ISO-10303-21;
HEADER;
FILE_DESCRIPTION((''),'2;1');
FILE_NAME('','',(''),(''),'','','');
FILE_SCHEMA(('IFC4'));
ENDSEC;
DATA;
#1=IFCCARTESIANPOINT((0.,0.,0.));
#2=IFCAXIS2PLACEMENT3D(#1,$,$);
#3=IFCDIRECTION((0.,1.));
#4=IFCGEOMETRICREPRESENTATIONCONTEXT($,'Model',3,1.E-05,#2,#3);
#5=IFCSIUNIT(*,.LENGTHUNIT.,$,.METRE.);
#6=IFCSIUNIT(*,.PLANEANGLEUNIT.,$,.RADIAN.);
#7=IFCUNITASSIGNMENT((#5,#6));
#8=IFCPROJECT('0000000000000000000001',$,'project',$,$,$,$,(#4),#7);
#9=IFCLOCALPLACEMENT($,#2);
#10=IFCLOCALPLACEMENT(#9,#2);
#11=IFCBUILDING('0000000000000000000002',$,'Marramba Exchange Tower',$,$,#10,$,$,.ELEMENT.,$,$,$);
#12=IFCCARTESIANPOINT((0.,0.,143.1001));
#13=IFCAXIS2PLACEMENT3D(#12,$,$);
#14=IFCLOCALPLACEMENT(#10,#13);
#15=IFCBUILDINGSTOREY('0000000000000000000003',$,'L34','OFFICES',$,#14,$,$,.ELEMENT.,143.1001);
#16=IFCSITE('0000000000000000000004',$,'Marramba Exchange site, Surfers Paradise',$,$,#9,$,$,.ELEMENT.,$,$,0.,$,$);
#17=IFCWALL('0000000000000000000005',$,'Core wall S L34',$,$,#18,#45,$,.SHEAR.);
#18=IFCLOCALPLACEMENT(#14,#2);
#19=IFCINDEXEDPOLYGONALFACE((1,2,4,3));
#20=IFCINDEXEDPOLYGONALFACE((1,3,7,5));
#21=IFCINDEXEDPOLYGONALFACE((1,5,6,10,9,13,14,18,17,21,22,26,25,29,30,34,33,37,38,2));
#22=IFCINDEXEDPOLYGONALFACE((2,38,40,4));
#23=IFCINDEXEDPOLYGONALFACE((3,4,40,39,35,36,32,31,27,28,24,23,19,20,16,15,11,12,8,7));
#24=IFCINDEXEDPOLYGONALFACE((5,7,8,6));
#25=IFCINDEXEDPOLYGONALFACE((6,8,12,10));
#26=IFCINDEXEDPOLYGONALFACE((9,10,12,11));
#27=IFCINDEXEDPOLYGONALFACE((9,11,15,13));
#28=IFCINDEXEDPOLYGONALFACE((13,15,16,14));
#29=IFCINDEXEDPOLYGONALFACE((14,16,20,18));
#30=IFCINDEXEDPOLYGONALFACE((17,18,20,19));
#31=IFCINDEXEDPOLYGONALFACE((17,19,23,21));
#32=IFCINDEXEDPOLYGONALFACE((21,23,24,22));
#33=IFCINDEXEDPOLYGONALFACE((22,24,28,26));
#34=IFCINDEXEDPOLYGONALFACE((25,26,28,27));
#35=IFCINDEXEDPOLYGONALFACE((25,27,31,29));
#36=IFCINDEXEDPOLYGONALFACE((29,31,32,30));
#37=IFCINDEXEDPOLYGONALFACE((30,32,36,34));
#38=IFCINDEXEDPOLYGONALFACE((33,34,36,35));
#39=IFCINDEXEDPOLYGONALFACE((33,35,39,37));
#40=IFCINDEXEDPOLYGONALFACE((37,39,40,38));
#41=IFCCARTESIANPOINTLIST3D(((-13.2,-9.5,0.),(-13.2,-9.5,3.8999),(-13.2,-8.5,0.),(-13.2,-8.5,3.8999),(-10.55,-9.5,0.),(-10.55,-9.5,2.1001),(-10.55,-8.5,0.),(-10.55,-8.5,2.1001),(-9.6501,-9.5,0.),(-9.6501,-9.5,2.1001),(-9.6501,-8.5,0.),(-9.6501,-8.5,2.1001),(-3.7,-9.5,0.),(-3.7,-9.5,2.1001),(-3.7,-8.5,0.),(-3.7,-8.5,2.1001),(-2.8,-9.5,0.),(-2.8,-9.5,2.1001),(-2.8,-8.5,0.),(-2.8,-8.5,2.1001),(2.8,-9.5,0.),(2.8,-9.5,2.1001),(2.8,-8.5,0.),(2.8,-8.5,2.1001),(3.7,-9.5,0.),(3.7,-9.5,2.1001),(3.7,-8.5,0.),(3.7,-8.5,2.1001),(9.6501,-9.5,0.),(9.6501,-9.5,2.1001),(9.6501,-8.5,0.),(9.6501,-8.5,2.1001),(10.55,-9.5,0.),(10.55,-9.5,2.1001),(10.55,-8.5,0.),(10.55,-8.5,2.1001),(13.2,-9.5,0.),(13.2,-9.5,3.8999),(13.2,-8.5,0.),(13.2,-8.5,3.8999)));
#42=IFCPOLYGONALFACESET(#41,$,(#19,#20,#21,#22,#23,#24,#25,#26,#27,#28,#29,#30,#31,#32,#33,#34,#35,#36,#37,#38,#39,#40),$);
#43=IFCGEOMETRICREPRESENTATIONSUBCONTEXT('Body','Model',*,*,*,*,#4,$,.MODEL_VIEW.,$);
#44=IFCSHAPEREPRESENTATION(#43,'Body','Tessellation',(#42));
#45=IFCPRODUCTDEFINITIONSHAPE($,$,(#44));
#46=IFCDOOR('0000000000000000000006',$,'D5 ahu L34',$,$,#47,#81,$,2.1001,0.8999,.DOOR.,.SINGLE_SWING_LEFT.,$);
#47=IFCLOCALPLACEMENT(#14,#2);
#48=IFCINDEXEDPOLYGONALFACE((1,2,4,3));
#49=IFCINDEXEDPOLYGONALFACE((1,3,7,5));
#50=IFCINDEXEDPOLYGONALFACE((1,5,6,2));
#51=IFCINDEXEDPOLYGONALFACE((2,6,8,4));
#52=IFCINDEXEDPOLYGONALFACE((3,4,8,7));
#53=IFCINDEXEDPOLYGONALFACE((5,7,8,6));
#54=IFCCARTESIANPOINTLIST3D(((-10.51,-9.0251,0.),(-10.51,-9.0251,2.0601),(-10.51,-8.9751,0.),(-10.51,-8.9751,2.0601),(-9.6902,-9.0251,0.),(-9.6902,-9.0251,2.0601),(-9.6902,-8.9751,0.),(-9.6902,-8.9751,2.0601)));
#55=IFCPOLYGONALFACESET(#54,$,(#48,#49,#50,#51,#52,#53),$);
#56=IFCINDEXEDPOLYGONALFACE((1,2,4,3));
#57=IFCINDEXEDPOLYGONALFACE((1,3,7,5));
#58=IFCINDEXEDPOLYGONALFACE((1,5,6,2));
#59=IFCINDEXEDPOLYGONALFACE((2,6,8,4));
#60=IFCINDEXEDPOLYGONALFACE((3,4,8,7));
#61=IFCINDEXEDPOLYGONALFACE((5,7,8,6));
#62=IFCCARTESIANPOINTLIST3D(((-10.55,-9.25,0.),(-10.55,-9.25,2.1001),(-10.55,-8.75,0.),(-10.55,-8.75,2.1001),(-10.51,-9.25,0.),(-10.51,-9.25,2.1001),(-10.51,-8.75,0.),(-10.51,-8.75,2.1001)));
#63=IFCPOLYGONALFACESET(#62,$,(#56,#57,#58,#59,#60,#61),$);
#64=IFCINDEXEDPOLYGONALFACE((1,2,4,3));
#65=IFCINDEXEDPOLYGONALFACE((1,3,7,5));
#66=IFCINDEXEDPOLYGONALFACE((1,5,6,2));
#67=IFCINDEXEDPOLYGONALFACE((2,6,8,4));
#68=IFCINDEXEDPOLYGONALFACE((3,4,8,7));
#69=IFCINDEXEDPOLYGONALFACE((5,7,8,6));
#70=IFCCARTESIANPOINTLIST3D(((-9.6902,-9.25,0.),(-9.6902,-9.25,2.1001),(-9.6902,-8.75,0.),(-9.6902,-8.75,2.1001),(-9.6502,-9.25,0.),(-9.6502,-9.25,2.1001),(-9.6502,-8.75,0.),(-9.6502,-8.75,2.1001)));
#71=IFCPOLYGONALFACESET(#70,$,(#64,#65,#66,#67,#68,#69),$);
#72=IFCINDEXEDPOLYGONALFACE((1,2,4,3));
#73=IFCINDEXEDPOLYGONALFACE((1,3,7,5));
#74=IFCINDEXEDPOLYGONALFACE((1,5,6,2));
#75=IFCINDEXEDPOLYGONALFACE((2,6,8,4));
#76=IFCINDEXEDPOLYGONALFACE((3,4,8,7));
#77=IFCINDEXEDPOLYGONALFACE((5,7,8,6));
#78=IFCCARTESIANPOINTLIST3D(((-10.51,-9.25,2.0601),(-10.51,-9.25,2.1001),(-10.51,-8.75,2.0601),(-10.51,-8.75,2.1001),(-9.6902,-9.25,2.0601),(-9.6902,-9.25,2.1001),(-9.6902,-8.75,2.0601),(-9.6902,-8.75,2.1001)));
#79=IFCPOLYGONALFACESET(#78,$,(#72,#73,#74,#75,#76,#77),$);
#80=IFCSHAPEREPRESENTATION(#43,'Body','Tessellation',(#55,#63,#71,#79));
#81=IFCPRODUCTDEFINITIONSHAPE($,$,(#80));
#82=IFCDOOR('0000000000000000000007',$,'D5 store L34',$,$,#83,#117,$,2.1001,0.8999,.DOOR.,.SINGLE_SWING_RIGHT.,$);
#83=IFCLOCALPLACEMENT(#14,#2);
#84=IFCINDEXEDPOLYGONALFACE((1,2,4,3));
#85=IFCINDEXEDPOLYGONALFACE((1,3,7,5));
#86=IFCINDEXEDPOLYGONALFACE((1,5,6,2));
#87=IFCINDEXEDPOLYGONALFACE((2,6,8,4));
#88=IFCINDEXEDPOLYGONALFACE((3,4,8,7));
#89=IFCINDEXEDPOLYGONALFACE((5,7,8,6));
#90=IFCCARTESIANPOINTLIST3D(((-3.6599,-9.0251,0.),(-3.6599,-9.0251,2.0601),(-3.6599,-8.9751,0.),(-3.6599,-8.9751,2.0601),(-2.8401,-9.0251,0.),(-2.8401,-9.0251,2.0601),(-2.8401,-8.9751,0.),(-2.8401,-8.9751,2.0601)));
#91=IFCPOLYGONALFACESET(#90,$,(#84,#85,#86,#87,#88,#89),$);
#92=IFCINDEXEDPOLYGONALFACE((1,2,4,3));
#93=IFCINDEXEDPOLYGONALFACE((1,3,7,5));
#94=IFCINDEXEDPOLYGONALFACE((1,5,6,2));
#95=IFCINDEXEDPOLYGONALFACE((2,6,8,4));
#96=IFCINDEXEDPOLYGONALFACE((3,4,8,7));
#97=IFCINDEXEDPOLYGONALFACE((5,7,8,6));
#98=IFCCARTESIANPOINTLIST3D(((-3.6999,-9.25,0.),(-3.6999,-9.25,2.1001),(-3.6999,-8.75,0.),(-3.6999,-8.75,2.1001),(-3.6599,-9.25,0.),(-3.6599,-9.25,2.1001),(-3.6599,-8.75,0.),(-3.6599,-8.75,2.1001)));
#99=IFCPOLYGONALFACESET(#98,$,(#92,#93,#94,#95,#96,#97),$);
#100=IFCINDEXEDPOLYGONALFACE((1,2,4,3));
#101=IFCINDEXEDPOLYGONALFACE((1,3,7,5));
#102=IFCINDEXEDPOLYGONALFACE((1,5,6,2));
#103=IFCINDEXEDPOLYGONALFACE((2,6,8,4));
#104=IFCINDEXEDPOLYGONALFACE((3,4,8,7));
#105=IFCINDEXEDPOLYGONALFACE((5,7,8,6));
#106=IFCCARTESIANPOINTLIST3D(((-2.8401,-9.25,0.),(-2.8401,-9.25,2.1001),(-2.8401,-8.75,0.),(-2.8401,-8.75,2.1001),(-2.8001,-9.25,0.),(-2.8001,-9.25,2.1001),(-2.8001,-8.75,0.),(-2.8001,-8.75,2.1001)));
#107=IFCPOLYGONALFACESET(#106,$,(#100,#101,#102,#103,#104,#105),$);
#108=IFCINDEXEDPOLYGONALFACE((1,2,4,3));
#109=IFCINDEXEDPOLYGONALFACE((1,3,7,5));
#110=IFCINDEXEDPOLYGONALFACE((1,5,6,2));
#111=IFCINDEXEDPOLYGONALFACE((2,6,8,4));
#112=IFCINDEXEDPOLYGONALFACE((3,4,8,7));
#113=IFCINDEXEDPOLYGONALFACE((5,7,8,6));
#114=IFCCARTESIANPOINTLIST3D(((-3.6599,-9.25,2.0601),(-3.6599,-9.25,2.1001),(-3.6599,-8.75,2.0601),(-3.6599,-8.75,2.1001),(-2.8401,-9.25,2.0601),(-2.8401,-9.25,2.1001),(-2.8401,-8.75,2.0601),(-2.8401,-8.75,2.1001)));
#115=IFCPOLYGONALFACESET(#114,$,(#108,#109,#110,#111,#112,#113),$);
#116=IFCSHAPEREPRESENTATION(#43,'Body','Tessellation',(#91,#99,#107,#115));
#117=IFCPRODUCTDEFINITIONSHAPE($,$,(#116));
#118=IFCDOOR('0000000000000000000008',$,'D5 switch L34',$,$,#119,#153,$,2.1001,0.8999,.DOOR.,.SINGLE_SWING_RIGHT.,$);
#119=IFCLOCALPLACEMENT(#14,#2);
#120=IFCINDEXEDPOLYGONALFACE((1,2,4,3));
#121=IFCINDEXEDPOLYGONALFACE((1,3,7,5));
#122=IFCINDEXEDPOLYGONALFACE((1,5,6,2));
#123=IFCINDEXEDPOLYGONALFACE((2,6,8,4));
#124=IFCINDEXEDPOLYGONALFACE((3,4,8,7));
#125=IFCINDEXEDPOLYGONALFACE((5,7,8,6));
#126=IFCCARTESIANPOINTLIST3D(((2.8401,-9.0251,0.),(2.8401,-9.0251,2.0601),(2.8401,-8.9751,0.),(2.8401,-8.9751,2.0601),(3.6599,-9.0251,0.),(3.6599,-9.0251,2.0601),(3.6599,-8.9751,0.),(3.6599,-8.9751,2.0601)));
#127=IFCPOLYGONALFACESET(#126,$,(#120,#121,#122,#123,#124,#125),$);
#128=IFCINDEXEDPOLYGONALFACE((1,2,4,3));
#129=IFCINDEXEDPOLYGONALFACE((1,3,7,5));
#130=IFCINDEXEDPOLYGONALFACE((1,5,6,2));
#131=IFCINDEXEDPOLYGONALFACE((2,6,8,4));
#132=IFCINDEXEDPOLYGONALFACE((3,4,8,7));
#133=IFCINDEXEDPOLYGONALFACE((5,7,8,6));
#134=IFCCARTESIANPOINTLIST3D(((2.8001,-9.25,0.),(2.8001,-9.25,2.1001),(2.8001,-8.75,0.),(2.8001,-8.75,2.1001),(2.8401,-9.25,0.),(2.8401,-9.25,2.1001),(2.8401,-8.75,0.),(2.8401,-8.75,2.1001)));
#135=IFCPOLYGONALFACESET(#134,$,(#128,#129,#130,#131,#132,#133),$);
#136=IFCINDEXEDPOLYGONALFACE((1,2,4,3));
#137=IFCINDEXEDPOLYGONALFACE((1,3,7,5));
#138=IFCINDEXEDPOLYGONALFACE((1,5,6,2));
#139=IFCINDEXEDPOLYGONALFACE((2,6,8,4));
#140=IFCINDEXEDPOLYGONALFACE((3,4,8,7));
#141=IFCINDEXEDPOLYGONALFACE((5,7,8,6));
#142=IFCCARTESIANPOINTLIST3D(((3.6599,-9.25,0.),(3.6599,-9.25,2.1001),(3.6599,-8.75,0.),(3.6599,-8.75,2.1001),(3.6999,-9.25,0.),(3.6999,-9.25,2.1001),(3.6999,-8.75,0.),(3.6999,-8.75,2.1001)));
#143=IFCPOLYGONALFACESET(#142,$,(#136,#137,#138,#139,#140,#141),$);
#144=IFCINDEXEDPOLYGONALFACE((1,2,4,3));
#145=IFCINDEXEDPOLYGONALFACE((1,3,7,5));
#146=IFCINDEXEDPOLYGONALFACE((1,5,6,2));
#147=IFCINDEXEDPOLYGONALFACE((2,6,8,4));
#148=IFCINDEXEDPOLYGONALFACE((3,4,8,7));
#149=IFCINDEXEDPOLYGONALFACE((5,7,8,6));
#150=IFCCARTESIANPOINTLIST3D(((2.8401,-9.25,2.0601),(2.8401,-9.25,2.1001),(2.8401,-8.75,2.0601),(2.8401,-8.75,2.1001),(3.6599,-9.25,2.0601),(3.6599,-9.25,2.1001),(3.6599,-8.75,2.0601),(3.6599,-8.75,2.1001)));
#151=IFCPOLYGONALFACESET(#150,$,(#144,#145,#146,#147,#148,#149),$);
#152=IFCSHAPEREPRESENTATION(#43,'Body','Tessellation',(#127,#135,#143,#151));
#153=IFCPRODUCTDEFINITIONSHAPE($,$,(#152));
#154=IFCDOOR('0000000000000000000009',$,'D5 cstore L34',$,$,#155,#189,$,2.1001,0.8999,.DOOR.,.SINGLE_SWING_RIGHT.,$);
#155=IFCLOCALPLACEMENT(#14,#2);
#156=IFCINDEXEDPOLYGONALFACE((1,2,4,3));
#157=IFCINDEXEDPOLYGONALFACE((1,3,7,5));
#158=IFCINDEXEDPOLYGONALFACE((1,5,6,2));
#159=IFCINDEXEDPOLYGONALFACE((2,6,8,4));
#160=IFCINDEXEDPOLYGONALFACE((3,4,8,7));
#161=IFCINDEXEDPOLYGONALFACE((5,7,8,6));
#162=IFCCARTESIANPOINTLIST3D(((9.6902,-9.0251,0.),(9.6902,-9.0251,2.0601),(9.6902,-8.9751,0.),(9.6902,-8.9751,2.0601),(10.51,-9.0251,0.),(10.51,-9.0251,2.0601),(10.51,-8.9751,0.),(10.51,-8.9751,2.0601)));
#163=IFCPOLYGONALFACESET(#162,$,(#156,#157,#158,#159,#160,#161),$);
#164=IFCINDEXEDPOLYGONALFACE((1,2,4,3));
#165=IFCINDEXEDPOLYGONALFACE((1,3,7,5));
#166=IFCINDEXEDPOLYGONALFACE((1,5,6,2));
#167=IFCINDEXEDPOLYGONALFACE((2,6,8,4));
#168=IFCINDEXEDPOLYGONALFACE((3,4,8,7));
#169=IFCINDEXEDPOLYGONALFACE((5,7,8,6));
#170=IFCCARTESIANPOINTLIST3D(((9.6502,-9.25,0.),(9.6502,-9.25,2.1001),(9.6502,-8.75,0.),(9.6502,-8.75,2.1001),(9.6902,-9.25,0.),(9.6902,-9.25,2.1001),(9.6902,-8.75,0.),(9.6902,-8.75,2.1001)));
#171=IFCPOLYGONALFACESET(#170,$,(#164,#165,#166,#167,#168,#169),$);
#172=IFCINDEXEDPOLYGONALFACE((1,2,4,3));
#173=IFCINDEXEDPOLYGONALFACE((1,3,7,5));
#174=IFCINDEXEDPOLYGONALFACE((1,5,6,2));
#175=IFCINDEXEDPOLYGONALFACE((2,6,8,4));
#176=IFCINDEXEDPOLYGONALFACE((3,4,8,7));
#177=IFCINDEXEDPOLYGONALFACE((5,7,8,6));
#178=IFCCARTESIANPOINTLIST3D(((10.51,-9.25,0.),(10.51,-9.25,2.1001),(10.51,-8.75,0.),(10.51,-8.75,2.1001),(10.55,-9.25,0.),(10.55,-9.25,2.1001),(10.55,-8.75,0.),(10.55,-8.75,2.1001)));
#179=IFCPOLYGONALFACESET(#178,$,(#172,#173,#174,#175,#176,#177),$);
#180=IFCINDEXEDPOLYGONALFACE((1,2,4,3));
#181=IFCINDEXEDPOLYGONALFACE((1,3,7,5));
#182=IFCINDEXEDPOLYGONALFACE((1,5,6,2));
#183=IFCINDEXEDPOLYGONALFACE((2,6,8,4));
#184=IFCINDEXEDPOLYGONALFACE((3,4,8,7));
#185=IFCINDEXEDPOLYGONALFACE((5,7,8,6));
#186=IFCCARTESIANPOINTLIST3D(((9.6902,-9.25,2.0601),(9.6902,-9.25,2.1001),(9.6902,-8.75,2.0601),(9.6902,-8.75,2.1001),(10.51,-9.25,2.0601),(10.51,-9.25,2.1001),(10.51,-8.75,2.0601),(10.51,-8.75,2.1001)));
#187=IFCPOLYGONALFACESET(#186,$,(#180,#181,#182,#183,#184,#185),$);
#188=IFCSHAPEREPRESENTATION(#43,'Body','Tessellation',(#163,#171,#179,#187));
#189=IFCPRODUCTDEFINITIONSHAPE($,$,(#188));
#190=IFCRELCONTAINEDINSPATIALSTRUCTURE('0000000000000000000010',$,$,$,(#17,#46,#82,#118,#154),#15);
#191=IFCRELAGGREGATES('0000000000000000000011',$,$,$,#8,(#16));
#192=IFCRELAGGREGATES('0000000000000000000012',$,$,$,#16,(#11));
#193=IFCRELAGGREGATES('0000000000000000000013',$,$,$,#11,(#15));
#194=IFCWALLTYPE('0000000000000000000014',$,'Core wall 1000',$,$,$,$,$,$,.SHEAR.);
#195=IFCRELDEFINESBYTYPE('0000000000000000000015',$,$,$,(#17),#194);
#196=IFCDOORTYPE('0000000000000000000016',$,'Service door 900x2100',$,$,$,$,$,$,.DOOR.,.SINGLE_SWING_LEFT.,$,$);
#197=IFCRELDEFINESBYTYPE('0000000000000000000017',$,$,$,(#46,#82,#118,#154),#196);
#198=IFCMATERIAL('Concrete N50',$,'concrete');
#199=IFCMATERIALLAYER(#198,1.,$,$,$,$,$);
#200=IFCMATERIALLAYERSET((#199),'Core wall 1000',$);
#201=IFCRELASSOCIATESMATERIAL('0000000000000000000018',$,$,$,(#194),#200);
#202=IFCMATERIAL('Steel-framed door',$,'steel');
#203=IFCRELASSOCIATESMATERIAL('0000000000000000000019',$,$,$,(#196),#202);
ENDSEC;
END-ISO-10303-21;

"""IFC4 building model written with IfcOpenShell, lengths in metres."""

from ifc_helpers import new_model, si_unit, direction, frame, frame_2d, origin, place, context, subcontext, project, spatial, rectangle, extrude, material, layer, layer_set, type_object, element, fill, save


model = new_model("IFC4")

# Units and contexts
model_context = context("Model", 3, precision=1e-05, world=origin(), true_north=direction((0.0, 1.0)))
body_context = subcontext(model_context, "Body", "Model", "MODEL_VIEW")
ifc_project = project(units=[si_unit("LENGTHUNIT", "METRE"), si_unit("PLANEANGLEUNIT", "RADIAN")], contexts=[model_context])

# Site, building, storey
site_placement = place(None, origin())
site = spatial("IfcSite", under=ifc_project, at=site_placement, Name="Marramba Exchange site, Surfers Paradise", CompositionType="ELEMENT", RefElevation=0.0)
building_placement = place(site_placement, origin())
building = spatial("IfcBuilding", under=site, at=building_placement, Name="Marramba Exchange Tower", CompositionType="ELEMENT")
storey_placement = place(building_placement, frame((0.0, 0.0, 143.1001)))
storey = spatial("IfcBuildingStorey", under=building, at=storey_placement, Name="L34", Description="OFFICES", CompositionType="ELEMENT", Elevation=143.1001)

# Shared definitions
ifc_material_1 = material(Name="Concrete N50", Category="concrete")

# Wall, openings, doors
ifc_layer_1 = layer(ifc_material_1, 1.0)
ifc_layer_set_1 = layer_set([ifc_layer_1], Name="Core wall 1000")
wall_type = type_object("IfcWallType", Name="Core wall 1000", PredefinedType="SHEAR", material=ifc_layer_set_1)
wall_placement = place(storey_placement, frame((-13.2, -9.0, 0.0), z_axis=(0.0, 0.0, 1.0), x_axis=(1.0, 0.0, 0.0)))
wall = element("IfcWall", 1, at=wall_placement, inside=storey, type_object=wall_type, Name="Core wall S L34", PredefinedType="SHEAR", context=body_context, shape_type="SweptSolid", body=[
    extrude(rectangle(XDim=26.3999, YDim=1.0, at=frame_2d((13.2, 0.0))), origin(), (0.0, 0.0, 1.0), 3.8999),
])
opening_1_placement = place(wall_placement, frame((2.6499, 0.0, 0.0)))
opening_1 = element("IfcOpeningElement", 2, at=opening_1_placement, cuts=wall, PredefinedType="OPENING", context=body_context, shape_type="SweptSolid", body=[
    extrude(rectangle(XDim=0.8999, YDim=2.1001, at=frame_2d((0.45, 1.05))), frame((0.0, 0.51, 0.0), z_axis=(0.0, -1.0, 0.0), x_axis=(1.0, 0.0, 0.0)), (0.0, 0.0, 1.0), 1.02),
])
opening_2_placement = place(wall_placement, frame((9.5, 0.0, 0.0)))
opening_2 = element("IfcOpeningElement", 3, at=opening_2_placement, cuts=wall, PredefinedType="OPENING", context=body_context, shape_type="SweptSolid", body=[
    extrude(rectangle(XDim=0.8999, YDim=2.1001, at=frame_2d((0.45, 1.05))), frame((0.0, 0.51, 0.0), z_axis=(0.0, -1.0, 0.0), x_axis=(1.0, 0.0, 0.0)), (0.0, 0.0, 1.0), 1.02),
])
opening_3_placement = place(wall_placement, frame((16.0, 0.0, 0.0)))
opening_3 = element("IfcOpeningElement", 4, at=opening_3_placement, cuts=wall, PredefinedType="OPENING", context=body_context, shape_type="SweptSolid", body=[
    extrude(rectangle(XDim=0.8999, YDim=2.1001, at=frame_2d((0.45, 1.05))), frame((0.0, 0.51, 0.0), z_axis=(0.0, -1.0, 0.0), x_axis=(1.0, 0.0, 0.0)), (0.0, 0.0, 1.0), 1.02),
])
opening_4_placement = place(wall_placement, frame((22.8501, 0.0, 0.0)))
opening_4 = element("IfcOpeningElement", 5, at=opening_4_placement, cuts=wall, PredefinedType="OPENING", context=body_context, shape_type="SweptSolid", body=[
    extrude(rectangle(XDim=0.8999, YDim=2.1001, at=frame_2d((0.45, 1.05))), frame((0.0, 0.51, 0.0), z_axis=(0.0, -1.0, 0.0), x_axis=(1.0, 0.0, 0.0)), (0.0, 0.0, 1.0), 1.02),
])
ifc_material_2 = material(Name="Steel-framed door", Category="steel")
door_type = type_object("IfcDoorType", Name="Service door 900x2100", OperationType="SINGLE_SWING_LEFT", PredefinedType="DOOR", material=ifc_material_2)
door_1_placement = place(opening_1_placement, origin())
door_1 = element("IfcDoor", 6, at=door_1_placement, inside=storey, type_object=door_type, Name="D5 ahu L34", OperationType="SINGLE_SWING_LEFT", OverallHeight=2.1001, OverallWidth=0.8999, PredefinedType="DOOR", context=body_context, shape_type="SweptSolid", body=[
    extrude(rectangle(XDim=0.8198, YDim=2.0601, at=frame_2d((0.45, 1.03))), frame((0.0, 0.0249, 0.0), z_axis=(0.0, -1.0, 0.0), x_axis=(1.0, 0.0, 0.0)), (0.0, 0.0, 1.0), 0.05),
    extrude(rectangle(XDim=0.04, YDim=2.1001, at=frame_2d((0.02, 1.05))), frame((0.0, 0.25, 0.0), z_axis=(0.0, -1.0, 0.0), x_axis=(1.0, 0.0, 0.0)), (0.0, 0.0, 1.0), 0.5),
    extrude(rectangle(XDim=0.04, YDim=2.1001, at=frame_2d((0.8799, 1.05))), frame((0.0, 0.25, 0.0), z_axis=(0.0, -1.0, 0.0), x_axis=(1.0, 0.0, 0.0)), (0.0, 0.0, 1.0), 0.5),
    extrude(rectangle(XDim=0.8198, YDim=0.04, at=frame_2d((0.45, 2.0801))), frame((0.0, 0.25, 0.0), z_axis=(0.0, -1.0, 0.0), x_axis=(1.0, 0.0, 0.0)), (0.0, 0.0, 1.0), 0.5),
])
fill(opening_1, door_1)
door_2_placement = place(opening_2_placement, origin())
door_2 = element("IfcDoor", 7, at=door_2_placement, inside=storey, type_object=door_type, Name="D5 store L34", OperationType="SINGLE_SWING_RIGHT", OverallHeight=2.1001, OverallWidth=0.8999, PredefinedType="DOOR", context=body_context, shape_type="SweptSolid", body=[
    extrude(rectangle(XDim=0.8198, YDim=2.0601, at=frame_2d((0.45, 1.03))), frame((0.0, 0.0249, 0.0), z_axis=(0.0, -1.0, 0.0), x_axis=(1.0, 0.0, 0.0)), (0.0, 0.0, 1.0), 0.05),
    extrude(rectangle(XDim=0.04, YDim=2.1001, at=frame_2d((0.02, 1.05))), frame((0.0, 0.25, 0.0), z_axis=(0.0, -1.0, 0.0), x_axis=(1.0, 0.0, 0.0)), (0.0, 0.0, 1.0), 0.5),
    extrude(rectangle(XDim=0.04, YDim=2.1001, at=frame_2d((0.8799, 1.05))), frame((0.0, 0.25, 0.0), z_axis=(0.0, -1.0, 0.0), x_axis=(1.0, 0.0, 0.0)), (0.0, 0.0, 1.0), 0.5),
    extrude(rectangle(XDim=0.8198, YDim=0.04, at=frame_2d((0.45, 2.0801))), frame((0.0, 0.25, 0.0), z_axis=(0.0, -1.0, 0.0), x_axis=(1.0, 0.0, 0.0)), (0.0, 0.0, 1.0), 0.5),
])
fill(opening_2, door_2)
door_3_placement = place(opening_3_placement, origin())
door_3 = element("IfcDoor", 8, at=door_3_placement, inside=storey, type_object=door_type, Name="D5 switch L34", OperationType="SINGLE_SWING_RIGHT", OverallHeight=2.1001, OverallWidth=0.8999, PredefinedType="DOOR", context=body_context, shape_type="SweptSolid", body=[
    extrude(rectangle(XDim=0.8198, YDim=2.0601, at=frame_2d((0.45, 1.03))), frame((0.0, 0.0249, 0.0), z_axis=(0.0, -1.0, 0.0), x_axis=(1.0, 0.0, 0.0)), (0.0, 0.0, 1.0), 0.05),
    extrude(rectangle(XDim=0.04, YDim=2.1001, at=frame_2d((0.02, 1.05))), frame((0.0, 0.25, 0.0), z_axis=(0.0, -1.0, 0.0), x_axis=(1.0, 0.0, 0.0)), (0.0, 0.0, 1.0), 0.5),
    extrude(rectangle(XDim=0.04, YDim=2.1001, at=frame_2d((0.8799, 1.05))), frame((0.0, 0.25, 0.0), z_axis=(0.0, -1.0, 0.0), x_axis=(1.0, 0.0, 0.0)), (0.0, 0.0, 1.0), 0.5),
    extrude(rectangle(XDim=0.8198, YDim=0.04, at=frame_2d((0.45, 2.0801))), frame((0.0, 0.25, 0.0), z_axis=(0.0, -1.0, 0.0), x_axis=(1.0, 0.0, 0.0)), (0.0, 0.0, 1.0), 0.5),
])
fill(opening_3, door_3)
door_4_placement = place(opening_4_placement, origin())
door_4 = element("IfcDoor", 9, at=door_4_placement, inside=storey, type_object=door_type, Name="D5 cstore L34", OperationType="SINGLE_SWING_RIGHT", OverallHeight=2.1001, OverallWidth=0.8999, PredefinedType="DOOR", context=body_context, shape_type="SweptSolid", body=[
    extrude(rectangle(XDim=0.8198, YDim=2.0601, at=frame_2d((0.45, 1.03))), frame((0.0, 0.0249, 0.0), z_axis=(0.0, -1.0, 0.0), x_axis=(1.0, 0.0, 0.0)), (0.0, 0.0, 1.0), 0.05),
    extrude(rectangle(XDim=0.04, YDim=2.1001, at=frame_2d((0.02, 1.05))), frame((0.0, 0.25, 0.0), z_axis=(0.0, -1.0, 0.0), x_axis=(1.0, 0.0, 0.0)), (0.0, 0.0, 1.0), 0.5),
    extrude(rectangle(XDim=0.04, YDim=2.1001, at=frame_2d((0.8799, 1.05))), frame((0.0, 0.25, 0.0), z_axis=(0.0, -1.0, 0.0), x_axis=(1.0, 0.0, 0.0)), (0.0, 0.0, 1.0), 0.5),
    extrude(rectangle(XDim=0.8198, YDim=0.04, at=frame_2d((0.45, 2.0801))), frame((0.0, 0.25, 0.0), z_axis=(0.0, -1.0, 0.0), x_axis=(1.0, 0.0, 0.0)), (0.0, 0.0, 1.0), 0.5),
])
fill(opening_4, door_4)

save(model, "model.ifc")
